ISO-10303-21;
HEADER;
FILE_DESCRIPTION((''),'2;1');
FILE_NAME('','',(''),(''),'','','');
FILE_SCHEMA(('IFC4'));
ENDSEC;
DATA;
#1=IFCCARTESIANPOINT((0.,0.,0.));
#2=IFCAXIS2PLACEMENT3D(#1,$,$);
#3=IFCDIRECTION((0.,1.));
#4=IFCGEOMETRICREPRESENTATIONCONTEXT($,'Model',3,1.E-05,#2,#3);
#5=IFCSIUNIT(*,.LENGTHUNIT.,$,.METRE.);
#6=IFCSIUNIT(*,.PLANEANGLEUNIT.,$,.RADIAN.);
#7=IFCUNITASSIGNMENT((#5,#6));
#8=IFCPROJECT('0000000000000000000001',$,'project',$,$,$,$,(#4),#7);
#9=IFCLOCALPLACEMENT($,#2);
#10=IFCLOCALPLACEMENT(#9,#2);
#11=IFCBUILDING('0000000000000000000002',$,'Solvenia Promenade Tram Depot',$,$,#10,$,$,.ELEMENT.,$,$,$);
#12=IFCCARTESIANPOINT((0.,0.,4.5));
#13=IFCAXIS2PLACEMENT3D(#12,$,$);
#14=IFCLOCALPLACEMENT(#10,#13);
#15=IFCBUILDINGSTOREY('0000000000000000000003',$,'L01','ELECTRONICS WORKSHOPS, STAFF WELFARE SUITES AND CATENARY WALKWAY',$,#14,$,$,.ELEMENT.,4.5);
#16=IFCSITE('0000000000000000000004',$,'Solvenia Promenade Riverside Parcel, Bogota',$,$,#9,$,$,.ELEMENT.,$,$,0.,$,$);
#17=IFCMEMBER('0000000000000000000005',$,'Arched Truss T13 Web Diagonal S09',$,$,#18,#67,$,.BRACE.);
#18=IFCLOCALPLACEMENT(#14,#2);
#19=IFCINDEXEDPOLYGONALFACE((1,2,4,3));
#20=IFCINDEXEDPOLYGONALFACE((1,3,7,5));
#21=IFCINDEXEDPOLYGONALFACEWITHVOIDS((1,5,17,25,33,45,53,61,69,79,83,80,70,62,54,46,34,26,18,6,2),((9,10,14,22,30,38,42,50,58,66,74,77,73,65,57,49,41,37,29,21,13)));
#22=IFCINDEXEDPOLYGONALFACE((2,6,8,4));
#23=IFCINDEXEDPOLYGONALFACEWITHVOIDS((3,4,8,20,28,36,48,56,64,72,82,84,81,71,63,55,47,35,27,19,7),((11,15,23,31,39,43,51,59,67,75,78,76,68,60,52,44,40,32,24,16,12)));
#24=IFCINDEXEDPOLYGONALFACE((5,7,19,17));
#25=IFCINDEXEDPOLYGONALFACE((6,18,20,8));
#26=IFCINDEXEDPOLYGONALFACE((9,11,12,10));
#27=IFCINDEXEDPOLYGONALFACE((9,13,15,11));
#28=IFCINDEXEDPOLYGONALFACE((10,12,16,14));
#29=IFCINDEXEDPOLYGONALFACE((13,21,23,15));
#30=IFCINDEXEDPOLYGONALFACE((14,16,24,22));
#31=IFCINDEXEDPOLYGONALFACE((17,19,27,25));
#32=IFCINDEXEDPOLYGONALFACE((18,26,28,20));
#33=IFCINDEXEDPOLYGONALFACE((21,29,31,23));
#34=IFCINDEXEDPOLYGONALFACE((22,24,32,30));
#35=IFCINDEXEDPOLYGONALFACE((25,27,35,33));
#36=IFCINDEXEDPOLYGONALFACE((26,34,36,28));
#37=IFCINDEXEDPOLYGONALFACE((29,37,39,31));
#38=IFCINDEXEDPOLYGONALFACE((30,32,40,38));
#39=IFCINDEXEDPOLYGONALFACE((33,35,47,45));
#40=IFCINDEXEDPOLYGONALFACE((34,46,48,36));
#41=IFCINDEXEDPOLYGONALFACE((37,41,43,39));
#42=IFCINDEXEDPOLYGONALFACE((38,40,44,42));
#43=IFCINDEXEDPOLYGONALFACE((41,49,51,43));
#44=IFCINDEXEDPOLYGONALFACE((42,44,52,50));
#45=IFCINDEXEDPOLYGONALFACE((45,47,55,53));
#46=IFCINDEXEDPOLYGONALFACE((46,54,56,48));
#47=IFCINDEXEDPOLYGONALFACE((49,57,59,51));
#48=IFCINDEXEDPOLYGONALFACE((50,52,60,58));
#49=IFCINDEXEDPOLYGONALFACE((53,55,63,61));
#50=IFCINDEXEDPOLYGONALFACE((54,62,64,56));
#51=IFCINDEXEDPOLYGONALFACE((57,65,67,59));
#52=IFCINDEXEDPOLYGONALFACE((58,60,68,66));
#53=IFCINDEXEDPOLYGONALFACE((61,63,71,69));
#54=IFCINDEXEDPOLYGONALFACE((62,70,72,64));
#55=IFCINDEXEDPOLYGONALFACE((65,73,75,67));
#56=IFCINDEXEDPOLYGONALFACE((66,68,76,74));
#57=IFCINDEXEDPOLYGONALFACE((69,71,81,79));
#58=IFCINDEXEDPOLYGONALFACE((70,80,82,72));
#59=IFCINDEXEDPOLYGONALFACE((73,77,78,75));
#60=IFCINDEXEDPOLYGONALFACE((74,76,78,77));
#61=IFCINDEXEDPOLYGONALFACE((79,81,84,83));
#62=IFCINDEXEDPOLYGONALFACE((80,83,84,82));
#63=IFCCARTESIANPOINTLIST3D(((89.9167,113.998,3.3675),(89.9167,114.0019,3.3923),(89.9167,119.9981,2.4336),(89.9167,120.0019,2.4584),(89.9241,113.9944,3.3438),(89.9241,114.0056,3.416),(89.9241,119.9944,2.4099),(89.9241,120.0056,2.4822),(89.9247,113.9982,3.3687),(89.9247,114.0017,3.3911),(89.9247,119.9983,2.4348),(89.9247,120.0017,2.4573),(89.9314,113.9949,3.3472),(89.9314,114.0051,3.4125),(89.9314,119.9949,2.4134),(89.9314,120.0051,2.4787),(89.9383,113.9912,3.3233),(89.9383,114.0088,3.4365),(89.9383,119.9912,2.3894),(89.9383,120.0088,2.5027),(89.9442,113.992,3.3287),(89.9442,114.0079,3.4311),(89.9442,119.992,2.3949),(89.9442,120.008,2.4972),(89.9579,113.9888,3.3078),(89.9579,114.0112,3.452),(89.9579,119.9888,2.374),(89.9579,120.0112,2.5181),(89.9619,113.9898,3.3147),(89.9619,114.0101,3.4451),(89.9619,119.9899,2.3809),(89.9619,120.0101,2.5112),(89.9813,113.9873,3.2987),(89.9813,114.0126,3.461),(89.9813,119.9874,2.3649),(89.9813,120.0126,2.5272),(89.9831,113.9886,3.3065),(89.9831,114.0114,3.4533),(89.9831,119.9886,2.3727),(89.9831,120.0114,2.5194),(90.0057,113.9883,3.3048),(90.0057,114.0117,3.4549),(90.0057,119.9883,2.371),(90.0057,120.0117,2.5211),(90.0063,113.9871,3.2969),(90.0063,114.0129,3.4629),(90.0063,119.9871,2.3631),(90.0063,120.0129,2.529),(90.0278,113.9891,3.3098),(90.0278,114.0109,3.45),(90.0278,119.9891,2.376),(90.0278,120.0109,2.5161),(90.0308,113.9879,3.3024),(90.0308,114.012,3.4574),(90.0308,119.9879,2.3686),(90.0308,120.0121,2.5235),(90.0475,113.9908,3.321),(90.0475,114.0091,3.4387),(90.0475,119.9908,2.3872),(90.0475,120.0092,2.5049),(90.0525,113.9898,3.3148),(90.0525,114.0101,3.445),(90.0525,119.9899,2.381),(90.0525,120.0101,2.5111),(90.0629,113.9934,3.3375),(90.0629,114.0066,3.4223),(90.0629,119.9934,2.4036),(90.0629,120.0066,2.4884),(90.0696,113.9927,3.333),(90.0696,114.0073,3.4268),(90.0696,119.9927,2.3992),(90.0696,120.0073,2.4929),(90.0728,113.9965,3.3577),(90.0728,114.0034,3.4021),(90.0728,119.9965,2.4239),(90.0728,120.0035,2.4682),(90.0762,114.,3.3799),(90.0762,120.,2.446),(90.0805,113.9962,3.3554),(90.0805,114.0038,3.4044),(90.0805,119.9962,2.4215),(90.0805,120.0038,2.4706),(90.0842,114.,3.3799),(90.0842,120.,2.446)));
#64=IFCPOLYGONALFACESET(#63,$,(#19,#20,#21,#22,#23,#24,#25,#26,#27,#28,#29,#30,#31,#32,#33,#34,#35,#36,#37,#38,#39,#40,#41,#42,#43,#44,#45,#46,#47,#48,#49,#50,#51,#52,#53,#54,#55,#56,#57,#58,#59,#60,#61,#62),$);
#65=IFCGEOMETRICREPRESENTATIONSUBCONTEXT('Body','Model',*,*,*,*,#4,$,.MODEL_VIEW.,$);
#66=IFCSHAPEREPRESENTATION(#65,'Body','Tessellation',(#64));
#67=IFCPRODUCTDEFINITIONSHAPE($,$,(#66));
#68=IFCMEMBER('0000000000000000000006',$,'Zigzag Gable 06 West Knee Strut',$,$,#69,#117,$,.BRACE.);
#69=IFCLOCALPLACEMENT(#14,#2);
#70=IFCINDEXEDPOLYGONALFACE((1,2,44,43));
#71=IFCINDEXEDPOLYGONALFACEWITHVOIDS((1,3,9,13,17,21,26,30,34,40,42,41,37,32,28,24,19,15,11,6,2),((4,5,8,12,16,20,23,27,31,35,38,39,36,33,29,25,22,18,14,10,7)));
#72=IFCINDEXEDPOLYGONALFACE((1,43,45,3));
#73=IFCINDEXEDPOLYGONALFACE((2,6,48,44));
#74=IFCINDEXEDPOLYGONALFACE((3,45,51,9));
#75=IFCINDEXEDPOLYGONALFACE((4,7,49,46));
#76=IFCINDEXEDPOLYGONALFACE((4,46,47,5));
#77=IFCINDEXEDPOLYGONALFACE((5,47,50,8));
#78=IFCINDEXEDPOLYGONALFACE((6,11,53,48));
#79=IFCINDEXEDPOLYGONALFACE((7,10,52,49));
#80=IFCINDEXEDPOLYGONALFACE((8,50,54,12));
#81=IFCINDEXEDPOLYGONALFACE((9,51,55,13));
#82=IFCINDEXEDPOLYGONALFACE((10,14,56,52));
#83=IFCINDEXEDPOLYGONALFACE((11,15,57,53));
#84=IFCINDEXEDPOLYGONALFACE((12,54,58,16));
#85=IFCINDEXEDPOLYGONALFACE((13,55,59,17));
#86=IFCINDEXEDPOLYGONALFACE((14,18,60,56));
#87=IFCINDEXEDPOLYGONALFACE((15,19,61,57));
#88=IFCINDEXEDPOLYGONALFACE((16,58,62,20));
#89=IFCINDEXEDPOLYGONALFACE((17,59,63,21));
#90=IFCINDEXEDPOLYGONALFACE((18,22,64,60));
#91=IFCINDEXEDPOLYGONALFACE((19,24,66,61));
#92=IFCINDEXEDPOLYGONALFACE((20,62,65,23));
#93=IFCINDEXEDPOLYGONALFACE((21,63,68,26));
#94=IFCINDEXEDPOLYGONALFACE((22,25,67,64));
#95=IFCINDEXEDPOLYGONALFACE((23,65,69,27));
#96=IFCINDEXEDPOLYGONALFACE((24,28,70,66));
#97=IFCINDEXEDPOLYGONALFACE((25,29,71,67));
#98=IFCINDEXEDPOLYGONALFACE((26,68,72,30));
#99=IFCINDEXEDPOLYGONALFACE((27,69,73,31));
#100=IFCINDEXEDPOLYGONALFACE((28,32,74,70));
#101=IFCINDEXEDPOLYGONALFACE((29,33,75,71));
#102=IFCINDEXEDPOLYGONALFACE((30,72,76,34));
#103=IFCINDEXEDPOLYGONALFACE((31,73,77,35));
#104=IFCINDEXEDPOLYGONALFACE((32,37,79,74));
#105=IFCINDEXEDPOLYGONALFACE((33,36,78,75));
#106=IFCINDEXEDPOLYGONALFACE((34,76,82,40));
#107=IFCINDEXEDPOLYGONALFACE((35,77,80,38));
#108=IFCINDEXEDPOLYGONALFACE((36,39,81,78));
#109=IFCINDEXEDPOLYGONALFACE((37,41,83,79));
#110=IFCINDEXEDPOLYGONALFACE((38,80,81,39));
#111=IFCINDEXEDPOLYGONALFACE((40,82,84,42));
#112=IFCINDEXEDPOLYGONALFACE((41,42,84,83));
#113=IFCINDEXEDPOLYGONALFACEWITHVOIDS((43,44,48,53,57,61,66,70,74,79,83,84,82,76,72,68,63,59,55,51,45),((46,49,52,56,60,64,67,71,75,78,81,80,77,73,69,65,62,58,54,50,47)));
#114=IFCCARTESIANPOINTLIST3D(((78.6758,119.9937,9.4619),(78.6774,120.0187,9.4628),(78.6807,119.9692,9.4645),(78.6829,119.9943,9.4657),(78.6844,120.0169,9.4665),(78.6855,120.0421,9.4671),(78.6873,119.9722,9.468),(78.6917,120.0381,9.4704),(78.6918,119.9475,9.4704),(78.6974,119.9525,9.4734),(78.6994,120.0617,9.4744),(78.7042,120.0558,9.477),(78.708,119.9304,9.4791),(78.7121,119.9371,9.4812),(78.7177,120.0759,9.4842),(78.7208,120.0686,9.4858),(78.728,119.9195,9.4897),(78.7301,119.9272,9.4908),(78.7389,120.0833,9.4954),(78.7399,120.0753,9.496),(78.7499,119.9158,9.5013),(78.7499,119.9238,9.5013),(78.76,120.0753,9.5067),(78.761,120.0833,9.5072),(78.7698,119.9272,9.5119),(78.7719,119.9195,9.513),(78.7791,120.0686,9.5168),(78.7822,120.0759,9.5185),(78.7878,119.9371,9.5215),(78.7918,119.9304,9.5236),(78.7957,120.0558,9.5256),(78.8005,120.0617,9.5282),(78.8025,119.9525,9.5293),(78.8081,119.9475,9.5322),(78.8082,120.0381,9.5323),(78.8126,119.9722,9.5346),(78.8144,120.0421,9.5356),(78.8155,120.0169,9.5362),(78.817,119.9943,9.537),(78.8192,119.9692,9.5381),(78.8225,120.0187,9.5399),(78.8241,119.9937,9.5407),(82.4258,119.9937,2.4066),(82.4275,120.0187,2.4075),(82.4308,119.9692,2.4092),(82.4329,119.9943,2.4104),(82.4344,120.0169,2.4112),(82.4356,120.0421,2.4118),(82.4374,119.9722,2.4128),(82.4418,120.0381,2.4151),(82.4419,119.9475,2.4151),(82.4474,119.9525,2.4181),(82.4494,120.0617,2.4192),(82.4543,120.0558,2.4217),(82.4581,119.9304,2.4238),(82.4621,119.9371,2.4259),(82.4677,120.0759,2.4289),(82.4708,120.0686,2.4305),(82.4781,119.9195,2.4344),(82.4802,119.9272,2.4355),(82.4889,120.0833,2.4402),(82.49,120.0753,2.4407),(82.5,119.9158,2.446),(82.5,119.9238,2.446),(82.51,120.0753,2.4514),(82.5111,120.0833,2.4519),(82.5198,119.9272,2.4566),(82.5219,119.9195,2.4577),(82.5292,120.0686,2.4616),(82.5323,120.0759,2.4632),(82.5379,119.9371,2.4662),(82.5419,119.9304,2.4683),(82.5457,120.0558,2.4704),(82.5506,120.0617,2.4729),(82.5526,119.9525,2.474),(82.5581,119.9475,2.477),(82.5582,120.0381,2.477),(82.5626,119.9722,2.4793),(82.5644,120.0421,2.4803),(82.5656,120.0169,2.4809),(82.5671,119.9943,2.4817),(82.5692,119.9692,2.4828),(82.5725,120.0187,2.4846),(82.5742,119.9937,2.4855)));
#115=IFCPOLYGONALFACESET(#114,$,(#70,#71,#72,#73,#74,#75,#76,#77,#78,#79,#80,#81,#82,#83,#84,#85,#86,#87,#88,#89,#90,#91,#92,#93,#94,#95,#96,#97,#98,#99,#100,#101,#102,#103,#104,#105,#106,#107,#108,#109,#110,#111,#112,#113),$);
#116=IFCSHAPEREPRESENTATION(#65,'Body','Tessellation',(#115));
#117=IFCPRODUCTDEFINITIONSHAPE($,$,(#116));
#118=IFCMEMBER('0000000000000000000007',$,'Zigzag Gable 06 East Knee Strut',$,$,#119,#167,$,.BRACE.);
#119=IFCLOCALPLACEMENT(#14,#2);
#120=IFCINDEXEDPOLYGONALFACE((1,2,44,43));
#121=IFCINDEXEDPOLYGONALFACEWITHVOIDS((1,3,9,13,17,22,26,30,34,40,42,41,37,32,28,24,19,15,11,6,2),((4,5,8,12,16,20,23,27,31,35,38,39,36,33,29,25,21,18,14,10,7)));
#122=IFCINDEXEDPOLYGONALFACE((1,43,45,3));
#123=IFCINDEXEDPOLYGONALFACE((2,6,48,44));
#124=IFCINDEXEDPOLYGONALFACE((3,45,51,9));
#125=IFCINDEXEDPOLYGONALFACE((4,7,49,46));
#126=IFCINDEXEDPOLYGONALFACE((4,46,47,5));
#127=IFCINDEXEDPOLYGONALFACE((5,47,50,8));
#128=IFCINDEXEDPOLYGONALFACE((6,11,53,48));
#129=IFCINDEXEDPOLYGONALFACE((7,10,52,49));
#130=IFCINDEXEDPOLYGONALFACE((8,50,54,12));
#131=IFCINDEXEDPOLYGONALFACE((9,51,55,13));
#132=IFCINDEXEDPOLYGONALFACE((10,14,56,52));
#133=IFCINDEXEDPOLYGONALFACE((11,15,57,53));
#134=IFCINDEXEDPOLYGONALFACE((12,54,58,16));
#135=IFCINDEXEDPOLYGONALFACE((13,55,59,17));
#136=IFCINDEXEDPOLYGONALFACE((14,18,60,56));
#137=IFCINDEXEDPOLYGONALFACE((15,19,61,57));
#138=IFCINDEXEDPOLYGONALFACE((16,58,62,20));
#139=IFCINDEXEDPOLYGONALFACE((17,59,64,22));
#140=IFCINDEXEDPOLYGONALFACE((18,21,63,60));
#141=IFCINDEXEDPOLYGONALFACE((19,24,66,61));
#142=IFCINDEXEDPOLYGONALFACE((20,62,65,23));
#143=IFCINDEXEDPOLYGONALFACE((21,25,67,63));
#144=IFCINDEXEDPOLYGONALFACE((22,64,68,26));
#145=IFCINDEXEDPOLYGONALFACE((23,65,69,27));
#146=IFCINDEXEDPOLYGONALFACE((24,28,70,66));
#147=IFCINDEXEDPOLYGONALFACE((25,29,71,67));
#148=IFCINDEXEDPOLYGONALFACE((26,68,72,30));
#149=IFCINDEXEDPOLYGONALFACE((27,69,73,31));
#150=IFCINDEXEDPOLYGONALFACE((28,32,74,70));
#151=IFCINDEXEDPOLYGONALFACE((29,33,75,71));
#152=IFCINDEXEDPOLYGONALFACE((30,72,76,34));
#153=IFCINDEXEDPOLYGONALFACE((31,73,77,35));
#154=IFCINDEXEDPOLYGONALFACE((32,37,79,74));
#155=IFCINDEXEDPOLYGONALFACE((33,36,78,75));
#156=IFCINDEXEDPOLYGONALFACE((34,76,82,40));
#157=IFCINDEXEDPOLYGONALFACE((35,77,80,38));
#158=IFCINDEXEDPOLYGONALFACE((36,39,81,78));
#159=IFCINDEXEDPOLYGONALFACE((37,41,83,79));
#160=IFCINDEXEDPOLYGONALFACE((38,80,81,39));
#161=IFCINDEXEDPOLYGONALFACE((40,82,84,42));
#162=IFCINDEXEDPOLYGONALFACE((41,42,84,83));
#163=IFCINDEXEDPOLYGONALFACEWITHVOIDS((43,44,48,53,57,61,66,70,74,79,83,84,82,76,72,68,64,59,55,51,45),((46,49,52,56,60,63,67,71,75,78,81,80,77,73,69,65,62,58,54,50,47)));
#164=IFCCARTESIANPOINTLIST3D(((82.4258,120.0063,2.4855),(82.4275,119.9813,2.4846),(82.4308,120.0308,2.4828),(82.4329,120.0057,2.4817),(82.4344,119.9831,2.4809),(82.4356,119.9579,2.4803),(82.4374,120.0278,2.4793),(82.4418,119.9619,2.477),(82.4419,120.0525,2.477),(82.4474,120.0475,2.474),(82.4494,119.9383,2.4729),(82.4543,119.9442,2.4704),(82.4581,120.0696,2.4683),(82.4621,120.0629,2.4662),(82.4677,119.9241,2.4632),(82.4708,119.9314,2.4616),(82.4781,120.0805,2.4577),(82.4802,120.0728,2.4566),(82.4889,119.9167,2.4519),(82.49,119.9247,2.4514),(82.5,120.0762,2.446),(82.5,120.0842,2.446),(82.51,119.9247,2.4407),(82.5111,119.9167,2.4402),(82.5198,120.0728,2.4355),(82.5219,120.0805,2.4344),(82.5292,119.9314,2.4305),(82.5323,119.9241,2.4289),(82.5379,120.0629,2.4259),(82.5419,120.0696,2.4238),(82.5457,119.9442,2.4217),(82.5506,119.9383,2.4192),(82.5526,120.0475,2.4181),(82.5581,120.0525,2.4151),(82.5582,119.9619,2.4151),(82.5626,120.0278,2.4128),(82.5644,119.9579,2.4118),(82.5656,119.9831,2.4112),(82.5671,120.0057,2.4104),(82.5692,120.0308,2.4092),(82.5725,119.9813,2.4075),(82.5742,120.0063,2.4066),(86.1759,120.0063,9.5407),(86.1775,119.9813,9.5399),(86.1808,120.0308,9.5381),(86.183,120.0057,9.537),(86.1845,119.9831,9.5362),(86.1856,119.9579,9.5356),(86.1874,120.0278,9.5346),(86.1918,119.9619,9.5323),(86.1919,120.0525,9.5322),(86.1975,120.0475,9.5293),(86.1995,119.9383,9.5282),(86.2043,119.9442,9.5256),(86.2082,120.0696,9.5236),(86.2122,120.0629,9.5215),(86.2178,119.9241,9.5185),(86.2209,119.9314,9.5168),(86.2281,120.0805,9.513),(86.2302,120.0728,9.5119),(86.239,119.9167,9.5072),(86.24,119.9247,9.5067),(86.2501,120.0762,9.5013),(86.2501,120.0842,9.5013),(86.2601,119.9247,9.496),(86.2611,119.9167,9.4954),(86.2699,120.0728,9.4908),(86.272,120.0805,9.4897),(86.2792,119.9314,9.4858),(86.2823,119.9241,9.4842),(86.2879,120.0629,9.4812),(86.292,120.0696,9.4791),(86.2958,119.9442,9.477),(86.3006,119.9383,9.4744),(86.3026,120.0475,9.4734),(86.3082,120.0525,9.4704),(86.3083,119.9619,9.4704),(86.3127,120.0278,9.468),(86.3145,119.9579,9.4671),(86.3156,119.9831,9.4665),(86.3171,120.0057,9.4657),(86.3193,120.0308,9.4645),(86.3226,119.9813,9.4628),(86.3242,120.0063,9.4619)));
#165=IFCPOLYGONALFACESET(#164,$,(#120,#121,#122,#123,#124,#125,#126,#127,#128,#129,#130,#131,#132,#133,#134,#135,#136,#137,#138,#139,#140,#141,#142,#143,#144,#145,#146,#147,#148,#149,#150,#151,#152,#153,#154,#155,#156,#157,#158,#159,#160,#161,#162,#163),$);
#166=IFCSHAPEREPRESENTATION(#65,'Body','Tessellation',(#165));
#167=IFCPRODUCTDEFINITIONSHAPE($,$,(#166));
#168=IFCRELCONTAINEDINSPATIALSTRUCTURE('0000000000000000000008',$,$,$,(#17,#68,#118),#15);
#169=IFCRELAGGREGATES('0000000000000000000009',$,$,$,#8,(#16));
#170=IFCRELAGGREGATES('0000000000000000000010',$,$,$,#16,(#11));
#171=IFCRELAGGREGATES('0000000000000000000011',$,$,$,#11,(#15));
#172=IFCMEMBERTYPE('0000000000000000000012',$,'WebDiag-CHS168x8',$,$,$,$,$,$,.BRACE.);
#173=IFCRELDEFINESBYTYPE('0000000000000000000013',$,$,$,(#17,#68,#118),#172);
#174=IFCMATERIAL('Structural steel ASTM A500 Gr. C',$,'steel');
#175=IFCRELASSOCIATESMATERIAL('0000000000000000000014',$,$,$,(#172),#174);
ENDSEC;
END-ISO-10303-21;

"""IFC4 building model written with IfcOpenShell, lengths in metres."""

from ifc_helpers import new_model, si_unit, direction, frame, origin, origin_2d, place, context, subcontext, project, spatial, hollow_circle, extrude, material, material_profile, profile_set, type_object, element, save


model = new_model("IFC4")

# Units and contexts
model_context = context("Model", 3, precision=1e-05, world=origin(), true_north=direction((0.0, 1.0)))
body_context = subcontext(model_context, "Body", "Model", "MODEL_VIEW")
ifc_project = project(units=[si_unit("LENGTHUNIT", "METRE"), si_unit("PLANEANGLEUNIT", "RADIAN")], contexts=[model_context])

# Site, building, storey
site_placement = place(None, origin())
site = spatial("IfcSite", under=ifc_project, at=site_placement, Name="Solvenia Promenade Riverside Parcel, Bogota", CompositionType="ELEMENT", RefElevation=0.0)
building_placement = place(site_placement, origin())
building = spatial("IfcBuilding", under=site, at=building_placement, Name="Solvenia Promenade Tram Depot", CompositionType="ELEMENT")
storey_placement = place(building_placement, frame((0.0, 0.0, 4.5)))
storey = spatial("IfcBuildingStorey", under=building, at=storey_placement, Name="L01", Description="ELECTRONICS WORKSHOPS, STAFF WELFARE SUITES AND CATENARY WALKWAY", CompositionType="ELEMENT", Elevation=4.5)

# Shared definitions
ifc_material_1 = material(Name="Structural steel ASTM A500 Gr. C", Category="steel")

# Members
ifc_material_profile_1 = material_profile(ifc_material_1, hollow_circle(Radius=0.0842, WallThickness=0.0081, at=origin_2d()), Name="CHS168.3x8", Category="steel")
ifc_profile_set_1 = profile_set([ifc_material_profile_1], Name="Structural steel ASTM A500 Gr. C")
member_type_1 = type_object("IfcMemberType", Name="WebDiag-CHS168x8", PredefinedType="BRACE", material=ifc_profile_set_1)
member_1_placement = place(storey_placement, frame((90.0, 120.0, 2.446), z_axis=(0.0, -0.988104, 0.153788), x_axis=(1.0, 0.0, 0.0)))
element("IfcMember", 1, at=member_1_placement, inside=storey, type_object=member_type_1, Name="Arched Truss T13 Web Diagonal S09", PredefinedType="BRACE", context=body_context, shape_type="SweptSolid", body=[
    extrude(hollow_circle(Radius=0.0842, WallThickness=0.0081, at=origin_2d()), origin(), (0.0, 0.0, 1.0), 6.0723),
])
for number, where, z_axis, x_axis, name in (
    (2, (82.5, 120.0, 2.446), (-0.469344, 0.0, 0.883015), (0.0, -1.0, 0.0), "Zigzag Gable 06 West Knee Strut"),
    (3, (82.5, 120.0, 2.446), (0.469344, 0.0, 0.883015), (0.0, 1.0, 0.0), "Zigzag Gable 06 East Knee Strut"),
):
    element("IfcMember", number, at=place(storey_placement, frame(where, z_axis=z_axis, x_axis=x_axis)), inside=storey, type_object=member_type_1, Name=name, PredefinedType="BRACE", context=body_context, shape_type="SweptSolid", body=[
        extrude(hollow_circle(Radius=0.0842, WallThickness=0.0081, at=origin_2d()), origin(), (0.0, 0.0, 1.0), 7.99),
    ])

save(model, "model.ifc")
